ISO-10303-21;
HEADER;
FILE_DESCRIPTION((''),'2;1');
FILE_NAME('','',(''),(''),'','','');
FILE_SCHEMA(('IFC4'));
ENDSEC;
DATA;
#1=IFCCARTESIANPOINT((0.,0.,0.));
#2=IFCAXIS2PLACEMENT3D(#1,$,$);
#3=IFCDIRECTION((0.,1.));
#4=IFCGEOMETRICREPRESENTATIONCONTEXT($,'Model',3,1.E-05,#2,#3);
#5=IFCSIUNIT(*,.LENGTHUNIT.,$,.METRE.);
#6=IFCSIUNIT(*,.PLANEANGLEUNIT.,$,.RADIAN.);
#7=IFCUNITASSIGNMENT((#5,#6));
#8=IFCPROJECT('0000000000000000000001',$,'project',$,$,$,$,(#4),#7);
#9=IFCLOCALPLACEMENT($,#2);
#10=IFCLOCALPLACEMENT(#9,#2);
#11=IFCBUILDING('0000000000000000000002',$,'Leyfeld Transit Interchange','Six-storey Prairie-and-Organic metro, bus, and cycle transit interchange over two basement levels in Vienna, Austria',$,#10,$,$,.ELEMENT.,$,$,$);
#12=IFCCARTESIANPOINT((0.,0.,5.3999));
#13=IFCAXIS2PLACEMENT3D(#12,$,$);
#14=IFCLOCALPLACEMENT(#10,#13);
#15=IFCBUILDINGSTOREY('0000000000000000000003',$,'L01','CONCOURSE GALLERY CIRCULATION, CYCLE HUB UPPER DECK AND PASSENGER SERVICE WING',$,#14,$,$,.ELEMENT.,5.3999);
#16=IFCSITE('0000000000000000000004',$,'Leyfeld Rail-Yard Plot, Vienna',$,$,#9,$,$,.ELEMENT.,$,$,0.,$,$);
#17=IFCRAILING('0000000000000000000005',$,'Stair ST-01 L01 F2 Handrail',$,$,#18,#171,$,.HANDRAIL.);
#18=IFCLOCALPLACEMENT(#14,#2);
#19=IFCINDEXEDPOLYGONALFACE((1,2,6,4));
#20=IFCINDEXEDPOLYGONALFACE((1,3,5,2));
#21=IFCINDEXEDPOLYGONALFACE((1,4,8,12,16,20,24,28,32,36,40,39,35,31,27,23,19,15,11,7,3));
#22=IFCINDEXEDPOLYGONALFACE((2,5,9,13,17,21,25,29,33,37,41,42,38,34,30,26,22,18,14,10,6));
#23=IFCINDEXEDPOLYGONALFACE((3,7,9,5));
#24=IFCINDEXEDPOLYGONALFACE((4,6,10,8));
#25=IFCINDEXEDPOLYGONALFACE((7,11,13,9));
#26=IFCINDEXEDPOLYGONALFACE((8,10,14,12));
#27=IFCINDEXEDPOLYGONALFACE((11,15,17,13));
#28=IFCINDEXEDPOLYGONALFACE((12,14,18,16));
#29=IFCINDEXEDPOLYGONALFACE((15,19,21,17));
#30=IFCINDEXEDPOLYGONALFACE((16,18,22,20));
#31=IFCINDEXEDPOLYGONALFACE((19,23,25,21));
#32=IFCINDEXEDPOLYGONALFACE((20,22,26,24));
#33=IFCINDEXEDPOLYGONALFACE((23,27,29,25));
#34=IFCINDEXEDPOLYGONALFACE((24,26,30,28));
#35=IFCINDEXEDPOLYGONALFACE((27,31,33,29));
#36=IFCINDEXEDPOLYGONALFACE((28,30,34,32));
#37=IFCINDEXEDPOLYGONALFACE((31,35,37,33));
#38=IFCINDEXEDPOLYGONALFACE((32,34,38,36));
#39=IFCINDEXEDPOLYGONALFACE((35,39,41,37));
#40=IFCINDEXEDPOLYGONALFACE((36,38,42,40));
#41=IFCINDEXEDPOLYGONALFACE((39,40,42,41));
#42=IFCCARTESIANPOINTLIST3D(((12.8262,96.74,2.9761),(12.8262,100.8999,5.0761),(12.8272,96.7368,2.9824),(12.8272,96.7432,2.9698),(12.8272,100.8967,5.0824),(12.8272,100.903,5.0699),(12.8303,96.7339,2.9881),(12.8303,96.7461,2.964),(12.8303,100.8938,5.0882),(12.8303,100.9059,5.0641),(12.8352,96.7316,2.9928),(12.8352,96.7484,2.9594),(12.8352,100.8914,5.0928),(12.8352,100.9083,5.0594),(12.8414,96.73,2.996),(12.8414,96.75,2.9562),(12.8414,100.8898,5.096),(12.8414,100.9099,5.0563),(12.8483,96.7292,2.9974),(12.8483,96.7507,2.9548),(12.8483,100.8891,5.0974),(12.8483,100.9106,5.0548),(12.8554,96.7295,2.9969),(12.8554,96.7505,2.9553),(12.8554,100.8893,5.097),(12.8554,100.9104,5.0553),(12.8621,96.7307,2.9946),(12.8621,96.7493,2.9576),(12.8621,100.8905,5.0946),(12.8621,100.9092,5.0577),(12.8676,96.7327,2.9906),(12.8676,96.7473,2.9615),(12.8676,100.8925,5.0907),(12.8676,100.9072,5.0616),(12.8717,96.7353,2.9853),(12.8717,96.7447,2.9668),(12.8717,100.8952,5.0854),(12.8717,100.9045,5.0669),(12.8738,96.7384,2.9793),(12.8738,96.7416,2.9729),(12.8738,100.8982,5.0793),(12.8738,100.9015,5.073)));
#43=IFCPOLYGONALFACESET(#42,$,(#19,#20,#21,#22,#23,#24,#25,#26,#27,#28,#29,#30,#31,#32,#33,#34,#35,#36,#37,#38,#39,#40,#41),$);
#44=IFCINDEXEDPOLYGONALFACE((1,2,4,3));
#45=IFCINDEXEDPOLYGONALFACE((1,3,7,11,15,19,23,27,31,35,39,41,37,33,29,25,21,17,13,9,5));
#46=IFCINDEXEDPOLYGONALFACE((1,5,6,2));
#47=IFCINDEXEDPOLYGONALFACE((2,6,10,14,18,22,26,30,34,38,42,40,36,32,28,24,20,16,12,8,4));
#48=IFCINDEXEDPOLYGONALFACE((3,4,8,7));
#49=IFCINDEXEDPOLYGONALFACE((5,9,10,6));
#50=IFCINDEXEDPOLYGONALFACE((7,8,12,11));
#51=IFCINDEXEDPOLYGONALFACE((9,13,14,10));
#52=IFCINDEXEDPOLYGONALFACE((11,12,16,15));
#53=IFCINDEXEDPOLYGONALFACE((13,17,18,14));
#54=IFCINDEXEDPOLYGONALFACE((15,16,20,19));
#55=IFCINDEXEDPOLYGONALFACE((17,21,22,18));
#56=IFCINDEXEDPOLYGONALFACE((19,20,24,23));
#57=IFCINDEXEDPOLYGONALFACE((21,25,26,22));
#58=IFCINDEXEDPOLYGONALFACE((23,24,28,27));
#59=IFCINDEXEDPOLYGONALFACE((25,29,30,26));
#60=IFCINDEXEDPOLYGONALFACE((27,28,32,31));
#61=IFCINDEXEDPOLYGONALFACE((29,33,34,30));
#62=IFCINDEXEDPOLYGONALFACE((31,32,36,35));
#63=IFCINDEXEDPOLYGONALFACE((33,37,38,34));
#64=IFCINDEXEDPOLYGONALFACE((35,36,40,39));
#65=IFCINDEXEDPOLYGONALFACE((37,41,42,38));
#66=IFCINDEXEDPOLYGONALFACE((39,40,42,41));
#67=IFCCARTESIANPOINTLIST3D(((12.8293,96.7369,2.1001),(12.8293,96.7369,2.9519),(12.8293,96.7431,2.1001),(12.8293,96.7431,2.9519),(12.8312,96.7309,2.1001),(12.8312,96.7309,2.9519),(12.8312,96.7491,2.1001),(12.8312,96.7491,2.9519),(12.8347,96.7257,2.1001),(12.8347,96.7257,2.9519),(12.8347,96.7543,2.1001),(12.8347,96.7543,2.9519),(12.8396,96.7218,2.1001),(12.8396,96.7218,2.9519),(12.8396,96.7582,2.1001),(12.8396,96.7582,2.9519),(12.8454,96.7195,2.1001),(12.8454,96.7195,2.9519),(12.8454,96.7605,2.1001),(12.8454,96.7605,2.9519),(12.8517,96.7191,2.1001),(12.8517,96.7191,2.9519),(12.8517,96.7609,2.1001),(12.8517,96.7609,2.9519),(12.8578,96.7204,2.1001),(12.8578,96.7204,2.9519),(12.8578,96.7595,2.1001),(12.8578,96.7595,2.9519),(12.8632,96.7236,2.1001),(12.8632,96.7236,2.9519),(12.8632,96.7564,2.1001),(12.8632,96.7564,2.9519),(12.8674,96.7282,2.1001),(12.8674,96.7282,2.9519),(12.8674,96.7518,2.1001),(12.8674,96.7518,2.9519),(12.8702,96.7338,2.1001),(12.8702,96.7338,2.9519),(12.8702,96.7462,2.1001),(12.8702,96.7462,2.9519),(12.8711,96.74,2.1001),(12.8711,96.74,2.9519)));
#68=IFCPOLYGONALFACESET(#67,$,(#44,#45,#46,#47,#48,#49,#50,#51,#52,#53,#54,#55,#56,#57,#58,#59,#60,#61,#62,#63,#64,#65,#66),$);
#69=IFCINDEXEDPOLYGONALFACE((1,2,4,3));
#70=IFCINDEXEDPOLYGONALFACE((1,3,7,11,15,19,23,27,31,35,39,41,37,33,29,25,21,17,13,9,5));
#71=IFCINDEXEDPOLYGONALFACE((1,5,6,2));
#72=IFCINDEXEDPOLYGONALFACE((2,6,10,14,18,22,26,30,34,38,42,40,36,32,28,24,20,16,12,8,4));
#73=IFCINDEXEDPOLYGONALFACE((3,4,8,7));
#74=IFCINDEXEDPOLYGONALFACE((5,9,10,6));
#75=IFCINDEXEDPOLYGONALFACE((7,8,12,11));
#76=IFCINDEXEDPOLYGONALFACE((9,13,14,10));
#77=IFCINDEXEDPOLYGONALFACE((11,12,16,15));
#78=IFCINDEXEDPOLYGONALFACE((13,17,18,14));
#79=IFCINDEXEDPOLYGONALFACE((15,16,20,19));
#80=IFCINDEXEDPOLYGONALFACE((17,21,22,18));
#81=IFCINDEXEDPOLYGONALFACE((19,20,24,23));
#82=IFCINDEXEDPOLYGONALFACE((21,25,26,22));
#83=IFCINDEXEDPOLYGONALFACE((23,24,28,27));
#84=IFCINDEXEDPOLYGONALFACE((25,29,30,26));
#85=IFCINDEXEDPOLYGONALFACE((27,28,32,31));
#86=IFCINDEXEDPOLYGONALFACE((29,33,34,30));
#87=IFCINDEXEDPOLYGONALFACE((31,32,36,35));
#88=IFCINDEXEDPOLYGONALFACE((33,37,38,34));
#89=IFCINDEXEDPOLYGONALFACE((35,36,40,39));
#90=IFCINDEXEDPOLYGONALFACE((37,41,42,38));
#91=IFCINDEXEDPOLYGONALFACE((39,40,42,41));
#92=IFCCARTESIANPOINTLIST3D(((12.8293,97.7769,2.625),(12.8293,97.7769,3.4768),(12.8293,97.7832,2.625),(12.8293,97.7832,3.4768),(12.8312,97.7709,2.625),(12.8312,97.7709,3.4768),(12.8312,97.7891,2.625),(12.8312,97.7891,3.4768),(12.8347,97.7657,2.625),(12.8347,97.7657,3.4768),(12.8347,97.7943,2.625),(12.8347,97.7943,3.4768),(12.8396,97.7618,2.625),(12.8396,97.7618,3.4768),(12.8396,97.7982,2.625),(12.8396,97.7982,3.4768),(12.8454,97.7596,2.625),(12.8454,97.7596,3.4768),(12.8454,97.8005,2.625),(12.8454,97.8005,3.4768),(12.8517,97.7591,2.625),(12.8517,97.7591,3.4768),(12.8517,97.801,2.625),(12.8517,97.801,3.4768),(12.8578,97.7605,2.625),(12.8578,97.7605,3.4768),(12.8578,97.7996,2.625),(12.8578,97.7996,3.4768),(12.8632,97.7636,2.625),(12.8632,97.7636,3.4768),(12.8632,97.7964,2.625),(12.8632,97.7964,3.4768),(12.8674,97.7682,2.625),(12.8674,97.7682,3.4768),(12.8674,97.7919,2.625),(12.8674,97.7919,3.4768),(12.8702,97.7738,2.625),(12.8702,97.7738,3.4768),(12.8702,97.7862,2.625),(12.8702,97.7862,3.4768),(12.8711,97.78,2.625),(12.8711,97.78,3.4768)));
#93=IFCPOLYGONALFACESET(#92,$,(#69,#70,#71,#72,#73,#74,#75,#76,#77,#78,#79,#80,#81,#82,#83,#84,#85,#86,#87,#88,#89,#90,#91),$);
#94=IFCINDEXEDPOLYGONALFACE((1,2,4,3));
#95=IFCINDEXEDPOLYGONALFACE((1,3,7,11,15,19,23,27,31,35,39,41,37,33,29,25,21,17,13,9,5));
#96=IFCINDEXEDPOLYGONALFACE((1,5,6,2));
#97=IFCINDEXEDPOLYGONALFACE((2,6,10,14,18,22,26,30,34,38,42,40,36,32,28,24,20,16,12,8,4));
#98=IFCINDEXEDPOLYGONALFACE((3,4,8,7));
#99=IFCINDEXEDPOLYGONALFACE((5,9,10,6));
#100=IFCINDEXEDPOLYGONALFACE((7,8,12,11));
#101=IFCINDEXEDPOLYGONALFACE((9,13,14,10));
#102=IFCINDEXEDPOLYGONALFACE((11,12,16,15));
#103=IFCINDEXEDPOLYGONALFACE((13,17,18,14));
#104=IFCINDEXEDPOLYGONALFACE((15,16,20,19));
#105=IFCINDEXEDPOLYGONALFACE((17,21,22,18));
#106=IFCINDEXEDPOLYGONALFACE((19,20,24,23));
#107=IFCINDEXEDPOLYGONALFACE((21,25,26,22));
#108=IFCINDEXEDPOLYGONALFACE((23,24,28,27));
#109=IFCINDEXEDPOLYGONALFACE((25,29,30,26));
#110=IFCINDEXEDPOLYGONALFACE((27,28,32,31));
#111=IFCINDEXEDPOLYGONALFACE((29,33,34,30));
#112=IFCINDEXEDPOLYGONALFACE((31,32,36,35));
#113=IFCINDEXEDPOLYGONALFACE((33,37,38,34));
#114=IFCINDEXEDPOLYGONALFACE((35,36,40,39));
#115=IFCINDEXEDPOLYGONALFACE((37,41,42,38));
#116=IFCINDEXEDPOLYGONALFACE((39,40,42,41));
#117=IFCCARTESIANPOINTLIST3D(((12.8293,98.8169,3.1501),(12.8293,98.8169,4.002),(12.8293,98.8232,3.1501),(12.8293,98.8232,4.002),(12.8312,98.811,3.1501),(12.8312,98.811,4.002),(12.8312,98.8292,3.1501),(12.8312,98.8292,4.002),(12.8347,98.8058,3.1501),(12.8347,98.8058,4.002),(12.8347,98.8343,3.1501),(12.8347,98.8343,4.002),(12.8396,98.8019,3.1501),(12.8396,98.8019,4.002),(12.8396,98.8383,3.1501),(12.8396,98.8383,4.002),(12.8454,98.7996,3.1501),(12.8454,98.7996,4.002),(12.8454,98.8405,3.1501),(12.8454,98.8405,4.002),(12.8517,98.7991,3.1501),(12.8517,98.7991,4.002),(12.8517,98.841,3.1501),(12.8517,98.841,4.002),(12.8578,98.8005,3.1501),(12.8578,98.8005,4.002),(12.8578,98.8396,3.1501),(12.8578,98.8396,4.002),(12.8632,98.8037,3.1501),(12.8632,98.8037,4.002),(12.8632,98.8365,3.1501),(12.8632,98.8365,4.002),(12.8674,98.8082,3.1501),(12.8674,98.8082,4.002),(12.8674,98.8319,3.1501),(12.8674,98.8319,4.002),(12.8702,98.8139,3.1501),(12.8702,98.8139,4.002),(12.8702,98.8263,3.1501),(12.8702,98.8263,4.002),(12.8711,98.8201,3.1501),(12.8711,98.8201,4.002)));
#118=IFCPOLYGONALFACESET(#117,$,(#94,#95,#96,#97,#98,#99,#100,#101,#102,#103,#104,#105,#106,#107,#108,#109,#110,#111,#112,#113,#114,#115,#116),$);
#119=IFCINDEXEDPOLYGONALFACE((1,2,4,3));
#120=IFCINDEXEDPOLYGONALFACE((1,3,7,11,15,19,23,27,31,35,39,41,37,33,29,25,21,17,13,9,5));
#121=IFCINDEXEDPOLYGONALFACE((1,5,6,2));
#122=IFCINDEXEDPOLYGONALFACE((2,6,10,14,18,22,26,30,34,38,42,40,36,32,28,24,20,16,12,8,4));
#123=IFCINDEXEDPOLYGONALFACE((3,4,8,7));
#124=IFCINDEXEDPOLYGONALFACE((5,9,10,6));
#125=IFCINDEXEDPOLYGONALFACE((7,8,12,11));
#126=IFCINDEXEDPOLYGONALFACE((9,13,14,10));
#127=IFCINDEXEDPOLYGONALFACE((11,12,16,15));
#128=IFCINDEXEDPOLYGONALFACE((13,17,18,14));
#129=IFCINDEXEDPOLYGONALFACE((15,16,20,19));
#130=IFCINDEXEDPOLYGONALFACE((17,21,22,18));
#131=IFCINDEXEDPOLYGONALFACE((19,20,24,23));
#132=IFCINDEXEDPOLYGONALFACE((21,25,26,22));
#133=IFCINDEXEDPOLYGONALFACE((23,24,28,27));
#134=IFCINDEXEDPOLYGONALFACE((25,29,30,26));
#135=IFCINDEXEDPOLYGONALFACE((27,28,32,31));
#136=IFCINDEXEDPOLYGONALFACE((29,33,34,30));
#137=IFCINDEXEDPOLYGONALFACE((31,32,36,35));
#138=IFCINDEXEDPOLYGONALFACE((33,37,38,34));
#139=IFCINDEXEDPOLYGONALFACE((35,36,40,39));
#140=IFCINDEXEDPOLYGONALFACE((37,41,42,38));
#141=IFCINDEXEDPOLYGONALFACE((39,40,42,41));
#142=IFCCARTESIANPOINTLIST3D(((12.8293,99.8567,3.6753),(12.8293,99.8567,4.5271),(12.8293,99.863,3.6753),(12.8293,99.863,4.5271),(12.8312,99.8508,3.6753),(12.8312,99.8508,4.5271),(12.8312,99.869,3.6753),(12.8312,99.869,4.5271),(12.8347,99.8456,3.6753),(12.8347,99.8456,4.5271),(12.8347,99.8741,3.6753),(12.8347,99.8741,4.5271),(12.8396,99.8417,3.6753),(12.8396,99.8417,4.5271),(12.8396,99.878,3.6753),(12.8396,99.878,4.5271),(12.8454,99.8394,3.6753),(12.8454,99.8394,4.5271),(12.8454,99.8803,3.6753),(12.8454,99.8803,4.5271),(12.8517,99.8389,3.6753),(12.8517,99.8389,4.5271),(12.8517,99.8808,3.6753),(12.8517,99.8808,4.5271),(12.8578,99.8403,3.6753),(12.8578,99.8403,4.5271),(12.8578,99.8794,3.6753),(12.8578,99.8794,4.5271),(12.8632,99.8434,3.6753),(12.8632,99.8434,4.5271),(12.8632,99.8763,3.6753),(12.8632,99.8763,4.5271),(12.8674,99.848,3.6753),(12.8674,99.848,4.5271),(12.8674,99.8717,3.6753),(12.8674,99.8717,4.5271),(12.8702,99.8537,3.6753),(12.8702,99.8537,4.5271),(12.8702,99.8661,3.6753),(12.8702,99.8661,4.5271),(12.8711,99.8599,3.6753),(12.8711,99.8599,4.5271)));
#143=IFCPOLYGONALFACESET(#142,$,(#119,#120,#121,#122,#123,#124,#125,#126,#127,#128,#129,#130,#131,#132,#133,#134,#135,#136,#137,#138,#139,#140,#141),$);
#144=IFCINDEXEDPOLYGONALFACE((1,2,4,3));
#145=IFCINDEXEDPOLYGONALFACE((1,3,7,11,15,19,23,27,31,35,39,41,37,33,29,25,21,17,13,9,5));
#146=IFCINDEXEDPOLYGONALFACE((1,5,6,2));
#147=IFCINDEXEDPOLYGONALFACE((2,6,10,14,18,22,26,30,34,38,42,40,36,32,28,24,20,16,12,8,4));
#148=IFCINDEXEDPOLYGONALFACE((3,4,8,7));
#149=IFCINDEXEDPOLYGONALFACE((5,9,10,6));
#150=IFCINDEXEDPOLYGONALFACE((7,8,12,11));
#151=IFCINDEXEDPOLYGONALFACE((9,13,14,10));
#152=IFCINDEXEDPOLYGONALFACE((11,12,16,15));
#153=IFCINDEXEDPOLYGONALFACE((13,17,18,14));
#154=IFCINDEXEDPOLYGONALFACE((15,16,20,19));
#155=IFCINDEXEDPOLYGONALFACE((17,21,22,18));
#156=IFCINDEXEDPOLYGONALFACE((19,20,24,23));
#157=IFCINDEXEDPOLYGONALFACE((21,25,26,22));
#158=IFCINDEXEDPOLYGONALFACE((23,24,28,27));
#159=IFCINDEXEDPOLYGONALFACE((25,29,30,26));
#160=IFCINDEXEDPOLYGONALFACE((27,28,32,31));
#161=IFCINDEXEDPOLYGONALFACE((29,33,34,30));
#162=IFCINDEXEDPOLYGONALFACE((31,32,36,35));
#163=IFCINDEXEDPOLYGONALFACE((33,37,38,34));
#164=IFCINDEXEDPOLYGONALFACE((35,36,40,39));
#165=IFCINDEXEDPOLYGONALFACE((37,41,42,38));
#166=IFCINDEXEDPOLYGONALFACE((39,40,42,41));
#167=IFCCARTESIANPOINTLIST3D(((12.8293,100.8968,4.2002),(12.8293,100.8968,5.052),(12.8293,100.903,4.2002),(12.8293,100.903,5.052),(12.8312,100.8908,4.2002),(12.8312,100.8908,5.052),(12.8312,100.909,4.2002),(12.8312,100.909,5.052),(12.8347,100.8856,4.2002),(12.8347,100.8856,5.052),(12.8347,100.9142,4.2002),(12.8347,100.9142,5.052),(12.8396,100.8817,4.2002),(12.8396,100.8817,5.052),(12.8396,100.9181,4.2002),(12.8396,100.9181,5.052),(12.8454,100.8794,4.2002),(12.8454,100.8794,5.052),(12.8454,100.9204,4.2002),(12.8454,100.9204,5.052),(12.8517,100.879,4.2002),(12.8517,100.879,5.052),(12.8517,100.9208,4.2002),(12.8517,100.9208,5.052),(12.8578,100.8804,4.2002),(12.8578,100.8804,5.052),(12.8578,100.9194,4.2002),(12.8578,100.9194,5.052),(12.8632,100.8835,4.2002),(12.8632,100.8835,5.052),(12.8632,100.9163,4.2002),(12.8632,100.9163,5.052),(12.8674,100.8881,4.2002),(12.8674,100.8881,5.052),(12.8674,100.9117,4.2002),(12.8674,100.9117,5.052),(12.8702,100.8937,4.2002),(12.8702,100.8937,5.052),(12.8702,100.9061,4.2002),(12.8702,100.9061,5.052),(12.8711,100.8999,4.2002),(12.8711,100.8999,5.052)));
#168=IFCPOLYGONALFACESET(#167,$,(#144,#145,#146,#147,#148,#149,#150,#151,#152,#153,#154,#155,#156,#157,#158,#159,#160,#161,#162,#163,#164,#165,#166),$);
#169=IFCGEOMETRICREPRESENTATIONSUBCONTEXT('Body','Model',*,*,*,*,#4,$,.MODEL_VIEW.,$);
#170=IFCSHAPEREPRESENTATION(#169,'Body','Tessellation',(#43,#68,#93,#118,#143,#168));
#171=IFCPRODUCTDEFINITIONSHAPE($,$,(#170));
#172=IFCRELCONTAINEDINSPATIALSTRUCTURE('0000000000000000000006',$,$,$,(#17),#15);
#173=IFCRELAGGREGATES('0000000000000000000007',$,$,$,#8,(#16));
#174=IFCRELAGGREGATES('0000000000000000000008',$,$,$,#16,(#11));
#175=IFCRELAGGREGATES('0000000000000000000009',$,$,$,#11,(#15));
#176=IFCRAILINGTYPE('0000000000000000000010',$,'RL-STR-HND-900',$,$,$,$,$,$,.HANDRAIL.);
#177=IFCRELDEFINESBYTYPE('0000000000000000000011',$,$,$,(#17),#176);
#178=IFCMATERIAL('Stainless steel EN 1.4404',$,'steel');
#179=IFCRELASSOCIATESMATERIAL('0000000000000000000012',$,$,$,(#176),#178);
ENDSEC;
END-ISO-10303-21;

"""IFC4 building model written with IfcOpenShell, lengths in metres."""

from ifc_helpers import new_model, si_unit, direction, frame, origin, origin_2d, place, context, subcontext, project, spatial, circle, extrude, material, type_object, element, save


model = new_model("IFC4")

# Units and contexts
model_context = context("Model", 3, precision=1e-05, world=origin(), true_north=direction((0.0, 1.0)))
body_context = subcontext(model_context, "Body", "Model", "MODEL_VIEW")
ifc_project = project(units=[si_unit("LENGTHUNIT", "METRE"), si_unit("PLANEANGLEUNIT", "RADIAN")], contexts=[model_context])

# Site, building, storey
site_placement = place(None, origin())
site = spatial("IfcSite", under=ifc_project, at=site_placement, Name="Leyfeld Rail-Yard Plot, Vienna", CompositionType="ELEMENT", RefElevation=0.0)
building_placement = place(site_placement, origin())
building = spatial("IfcBuilding", under=site, at=building_placement, Name="Leyfeld Transit Interchange", Description="Six-storey Prairie-and-Organic metro, bus, and cycle transit interchange over two basement levels in Vienna, Austria", CompositionType="ELEMENT")
storey_placement = place(building_placement, frame((0.0, 0.0, 5.3999)))
storey = spatial("IfcBuildingStorey", under=building, at=storey_placement, Name="L01", Description="CONCOURSE GALLERY CIRCULATION, CYCLE HUB UPPER DECK AND PASSENGER SERVICE WING", CompositionType="ELEMENT", Elevation=5.3999)

# Railing
ifc_material_1 = material(Name="Stainless steel EN 1.4404", Category="steel")
railing_type_1 = type_object("IfcRailingType", Name="RL-STR-HND-900", PredefinedType="HANDRAIL", material=ifc_material_1)
railing_1_placement = place(storey_placement, frame((12.8501, 96.74, 2.1001)))
element("IfcRailing", 1, at=railing_1_placement, inside=storey, type_object=railing_type_1, Name="Stair ST-01 L01 F2 Handrail", PredefinedType="HANDRAIL", context=body_context, shape_type="SweptSolid", body=[
    extrude(circle(Radius=0.0239, at=origin_2d()), frame((0.0, 0.0, 0.876), z_axis=(0.0, 0.892692, 0.450668), x_axis=(-1.0, 0.0, 0.0)), (0.0, 0.0, 1.0), 4.6599),
    extrude(circle(Radius=0.021, at=origin_2d()), origin(), (0.0, 0.0, 1.0), 0.8518),
    extrude(circle(Radius=0.021, at=origin_2d()), frame((0.0, 1.04, 0.5249)), (0.0, 0.0, 1.0), 0.8518),
    extrude(circle(Radius=0.021, at=origin_2d()), frame((0.0, 2.0801, 1.05)), (0.0, 0.0, 1.0), 0.8518),
    extrude(circle(Radius=0.021, at=origin_2d()), frame((0.0, 3.1199, 1.5752)), (0.0, 0.0, 1.0), 0.8518),
    extrude(circle(Radius=0.021, at=origin_2d()), frame((0.0, 4.1599, 2.1001)), (0.0, 0.0, 1.0), 0.8518),
])

save(model, "model.ifc")
